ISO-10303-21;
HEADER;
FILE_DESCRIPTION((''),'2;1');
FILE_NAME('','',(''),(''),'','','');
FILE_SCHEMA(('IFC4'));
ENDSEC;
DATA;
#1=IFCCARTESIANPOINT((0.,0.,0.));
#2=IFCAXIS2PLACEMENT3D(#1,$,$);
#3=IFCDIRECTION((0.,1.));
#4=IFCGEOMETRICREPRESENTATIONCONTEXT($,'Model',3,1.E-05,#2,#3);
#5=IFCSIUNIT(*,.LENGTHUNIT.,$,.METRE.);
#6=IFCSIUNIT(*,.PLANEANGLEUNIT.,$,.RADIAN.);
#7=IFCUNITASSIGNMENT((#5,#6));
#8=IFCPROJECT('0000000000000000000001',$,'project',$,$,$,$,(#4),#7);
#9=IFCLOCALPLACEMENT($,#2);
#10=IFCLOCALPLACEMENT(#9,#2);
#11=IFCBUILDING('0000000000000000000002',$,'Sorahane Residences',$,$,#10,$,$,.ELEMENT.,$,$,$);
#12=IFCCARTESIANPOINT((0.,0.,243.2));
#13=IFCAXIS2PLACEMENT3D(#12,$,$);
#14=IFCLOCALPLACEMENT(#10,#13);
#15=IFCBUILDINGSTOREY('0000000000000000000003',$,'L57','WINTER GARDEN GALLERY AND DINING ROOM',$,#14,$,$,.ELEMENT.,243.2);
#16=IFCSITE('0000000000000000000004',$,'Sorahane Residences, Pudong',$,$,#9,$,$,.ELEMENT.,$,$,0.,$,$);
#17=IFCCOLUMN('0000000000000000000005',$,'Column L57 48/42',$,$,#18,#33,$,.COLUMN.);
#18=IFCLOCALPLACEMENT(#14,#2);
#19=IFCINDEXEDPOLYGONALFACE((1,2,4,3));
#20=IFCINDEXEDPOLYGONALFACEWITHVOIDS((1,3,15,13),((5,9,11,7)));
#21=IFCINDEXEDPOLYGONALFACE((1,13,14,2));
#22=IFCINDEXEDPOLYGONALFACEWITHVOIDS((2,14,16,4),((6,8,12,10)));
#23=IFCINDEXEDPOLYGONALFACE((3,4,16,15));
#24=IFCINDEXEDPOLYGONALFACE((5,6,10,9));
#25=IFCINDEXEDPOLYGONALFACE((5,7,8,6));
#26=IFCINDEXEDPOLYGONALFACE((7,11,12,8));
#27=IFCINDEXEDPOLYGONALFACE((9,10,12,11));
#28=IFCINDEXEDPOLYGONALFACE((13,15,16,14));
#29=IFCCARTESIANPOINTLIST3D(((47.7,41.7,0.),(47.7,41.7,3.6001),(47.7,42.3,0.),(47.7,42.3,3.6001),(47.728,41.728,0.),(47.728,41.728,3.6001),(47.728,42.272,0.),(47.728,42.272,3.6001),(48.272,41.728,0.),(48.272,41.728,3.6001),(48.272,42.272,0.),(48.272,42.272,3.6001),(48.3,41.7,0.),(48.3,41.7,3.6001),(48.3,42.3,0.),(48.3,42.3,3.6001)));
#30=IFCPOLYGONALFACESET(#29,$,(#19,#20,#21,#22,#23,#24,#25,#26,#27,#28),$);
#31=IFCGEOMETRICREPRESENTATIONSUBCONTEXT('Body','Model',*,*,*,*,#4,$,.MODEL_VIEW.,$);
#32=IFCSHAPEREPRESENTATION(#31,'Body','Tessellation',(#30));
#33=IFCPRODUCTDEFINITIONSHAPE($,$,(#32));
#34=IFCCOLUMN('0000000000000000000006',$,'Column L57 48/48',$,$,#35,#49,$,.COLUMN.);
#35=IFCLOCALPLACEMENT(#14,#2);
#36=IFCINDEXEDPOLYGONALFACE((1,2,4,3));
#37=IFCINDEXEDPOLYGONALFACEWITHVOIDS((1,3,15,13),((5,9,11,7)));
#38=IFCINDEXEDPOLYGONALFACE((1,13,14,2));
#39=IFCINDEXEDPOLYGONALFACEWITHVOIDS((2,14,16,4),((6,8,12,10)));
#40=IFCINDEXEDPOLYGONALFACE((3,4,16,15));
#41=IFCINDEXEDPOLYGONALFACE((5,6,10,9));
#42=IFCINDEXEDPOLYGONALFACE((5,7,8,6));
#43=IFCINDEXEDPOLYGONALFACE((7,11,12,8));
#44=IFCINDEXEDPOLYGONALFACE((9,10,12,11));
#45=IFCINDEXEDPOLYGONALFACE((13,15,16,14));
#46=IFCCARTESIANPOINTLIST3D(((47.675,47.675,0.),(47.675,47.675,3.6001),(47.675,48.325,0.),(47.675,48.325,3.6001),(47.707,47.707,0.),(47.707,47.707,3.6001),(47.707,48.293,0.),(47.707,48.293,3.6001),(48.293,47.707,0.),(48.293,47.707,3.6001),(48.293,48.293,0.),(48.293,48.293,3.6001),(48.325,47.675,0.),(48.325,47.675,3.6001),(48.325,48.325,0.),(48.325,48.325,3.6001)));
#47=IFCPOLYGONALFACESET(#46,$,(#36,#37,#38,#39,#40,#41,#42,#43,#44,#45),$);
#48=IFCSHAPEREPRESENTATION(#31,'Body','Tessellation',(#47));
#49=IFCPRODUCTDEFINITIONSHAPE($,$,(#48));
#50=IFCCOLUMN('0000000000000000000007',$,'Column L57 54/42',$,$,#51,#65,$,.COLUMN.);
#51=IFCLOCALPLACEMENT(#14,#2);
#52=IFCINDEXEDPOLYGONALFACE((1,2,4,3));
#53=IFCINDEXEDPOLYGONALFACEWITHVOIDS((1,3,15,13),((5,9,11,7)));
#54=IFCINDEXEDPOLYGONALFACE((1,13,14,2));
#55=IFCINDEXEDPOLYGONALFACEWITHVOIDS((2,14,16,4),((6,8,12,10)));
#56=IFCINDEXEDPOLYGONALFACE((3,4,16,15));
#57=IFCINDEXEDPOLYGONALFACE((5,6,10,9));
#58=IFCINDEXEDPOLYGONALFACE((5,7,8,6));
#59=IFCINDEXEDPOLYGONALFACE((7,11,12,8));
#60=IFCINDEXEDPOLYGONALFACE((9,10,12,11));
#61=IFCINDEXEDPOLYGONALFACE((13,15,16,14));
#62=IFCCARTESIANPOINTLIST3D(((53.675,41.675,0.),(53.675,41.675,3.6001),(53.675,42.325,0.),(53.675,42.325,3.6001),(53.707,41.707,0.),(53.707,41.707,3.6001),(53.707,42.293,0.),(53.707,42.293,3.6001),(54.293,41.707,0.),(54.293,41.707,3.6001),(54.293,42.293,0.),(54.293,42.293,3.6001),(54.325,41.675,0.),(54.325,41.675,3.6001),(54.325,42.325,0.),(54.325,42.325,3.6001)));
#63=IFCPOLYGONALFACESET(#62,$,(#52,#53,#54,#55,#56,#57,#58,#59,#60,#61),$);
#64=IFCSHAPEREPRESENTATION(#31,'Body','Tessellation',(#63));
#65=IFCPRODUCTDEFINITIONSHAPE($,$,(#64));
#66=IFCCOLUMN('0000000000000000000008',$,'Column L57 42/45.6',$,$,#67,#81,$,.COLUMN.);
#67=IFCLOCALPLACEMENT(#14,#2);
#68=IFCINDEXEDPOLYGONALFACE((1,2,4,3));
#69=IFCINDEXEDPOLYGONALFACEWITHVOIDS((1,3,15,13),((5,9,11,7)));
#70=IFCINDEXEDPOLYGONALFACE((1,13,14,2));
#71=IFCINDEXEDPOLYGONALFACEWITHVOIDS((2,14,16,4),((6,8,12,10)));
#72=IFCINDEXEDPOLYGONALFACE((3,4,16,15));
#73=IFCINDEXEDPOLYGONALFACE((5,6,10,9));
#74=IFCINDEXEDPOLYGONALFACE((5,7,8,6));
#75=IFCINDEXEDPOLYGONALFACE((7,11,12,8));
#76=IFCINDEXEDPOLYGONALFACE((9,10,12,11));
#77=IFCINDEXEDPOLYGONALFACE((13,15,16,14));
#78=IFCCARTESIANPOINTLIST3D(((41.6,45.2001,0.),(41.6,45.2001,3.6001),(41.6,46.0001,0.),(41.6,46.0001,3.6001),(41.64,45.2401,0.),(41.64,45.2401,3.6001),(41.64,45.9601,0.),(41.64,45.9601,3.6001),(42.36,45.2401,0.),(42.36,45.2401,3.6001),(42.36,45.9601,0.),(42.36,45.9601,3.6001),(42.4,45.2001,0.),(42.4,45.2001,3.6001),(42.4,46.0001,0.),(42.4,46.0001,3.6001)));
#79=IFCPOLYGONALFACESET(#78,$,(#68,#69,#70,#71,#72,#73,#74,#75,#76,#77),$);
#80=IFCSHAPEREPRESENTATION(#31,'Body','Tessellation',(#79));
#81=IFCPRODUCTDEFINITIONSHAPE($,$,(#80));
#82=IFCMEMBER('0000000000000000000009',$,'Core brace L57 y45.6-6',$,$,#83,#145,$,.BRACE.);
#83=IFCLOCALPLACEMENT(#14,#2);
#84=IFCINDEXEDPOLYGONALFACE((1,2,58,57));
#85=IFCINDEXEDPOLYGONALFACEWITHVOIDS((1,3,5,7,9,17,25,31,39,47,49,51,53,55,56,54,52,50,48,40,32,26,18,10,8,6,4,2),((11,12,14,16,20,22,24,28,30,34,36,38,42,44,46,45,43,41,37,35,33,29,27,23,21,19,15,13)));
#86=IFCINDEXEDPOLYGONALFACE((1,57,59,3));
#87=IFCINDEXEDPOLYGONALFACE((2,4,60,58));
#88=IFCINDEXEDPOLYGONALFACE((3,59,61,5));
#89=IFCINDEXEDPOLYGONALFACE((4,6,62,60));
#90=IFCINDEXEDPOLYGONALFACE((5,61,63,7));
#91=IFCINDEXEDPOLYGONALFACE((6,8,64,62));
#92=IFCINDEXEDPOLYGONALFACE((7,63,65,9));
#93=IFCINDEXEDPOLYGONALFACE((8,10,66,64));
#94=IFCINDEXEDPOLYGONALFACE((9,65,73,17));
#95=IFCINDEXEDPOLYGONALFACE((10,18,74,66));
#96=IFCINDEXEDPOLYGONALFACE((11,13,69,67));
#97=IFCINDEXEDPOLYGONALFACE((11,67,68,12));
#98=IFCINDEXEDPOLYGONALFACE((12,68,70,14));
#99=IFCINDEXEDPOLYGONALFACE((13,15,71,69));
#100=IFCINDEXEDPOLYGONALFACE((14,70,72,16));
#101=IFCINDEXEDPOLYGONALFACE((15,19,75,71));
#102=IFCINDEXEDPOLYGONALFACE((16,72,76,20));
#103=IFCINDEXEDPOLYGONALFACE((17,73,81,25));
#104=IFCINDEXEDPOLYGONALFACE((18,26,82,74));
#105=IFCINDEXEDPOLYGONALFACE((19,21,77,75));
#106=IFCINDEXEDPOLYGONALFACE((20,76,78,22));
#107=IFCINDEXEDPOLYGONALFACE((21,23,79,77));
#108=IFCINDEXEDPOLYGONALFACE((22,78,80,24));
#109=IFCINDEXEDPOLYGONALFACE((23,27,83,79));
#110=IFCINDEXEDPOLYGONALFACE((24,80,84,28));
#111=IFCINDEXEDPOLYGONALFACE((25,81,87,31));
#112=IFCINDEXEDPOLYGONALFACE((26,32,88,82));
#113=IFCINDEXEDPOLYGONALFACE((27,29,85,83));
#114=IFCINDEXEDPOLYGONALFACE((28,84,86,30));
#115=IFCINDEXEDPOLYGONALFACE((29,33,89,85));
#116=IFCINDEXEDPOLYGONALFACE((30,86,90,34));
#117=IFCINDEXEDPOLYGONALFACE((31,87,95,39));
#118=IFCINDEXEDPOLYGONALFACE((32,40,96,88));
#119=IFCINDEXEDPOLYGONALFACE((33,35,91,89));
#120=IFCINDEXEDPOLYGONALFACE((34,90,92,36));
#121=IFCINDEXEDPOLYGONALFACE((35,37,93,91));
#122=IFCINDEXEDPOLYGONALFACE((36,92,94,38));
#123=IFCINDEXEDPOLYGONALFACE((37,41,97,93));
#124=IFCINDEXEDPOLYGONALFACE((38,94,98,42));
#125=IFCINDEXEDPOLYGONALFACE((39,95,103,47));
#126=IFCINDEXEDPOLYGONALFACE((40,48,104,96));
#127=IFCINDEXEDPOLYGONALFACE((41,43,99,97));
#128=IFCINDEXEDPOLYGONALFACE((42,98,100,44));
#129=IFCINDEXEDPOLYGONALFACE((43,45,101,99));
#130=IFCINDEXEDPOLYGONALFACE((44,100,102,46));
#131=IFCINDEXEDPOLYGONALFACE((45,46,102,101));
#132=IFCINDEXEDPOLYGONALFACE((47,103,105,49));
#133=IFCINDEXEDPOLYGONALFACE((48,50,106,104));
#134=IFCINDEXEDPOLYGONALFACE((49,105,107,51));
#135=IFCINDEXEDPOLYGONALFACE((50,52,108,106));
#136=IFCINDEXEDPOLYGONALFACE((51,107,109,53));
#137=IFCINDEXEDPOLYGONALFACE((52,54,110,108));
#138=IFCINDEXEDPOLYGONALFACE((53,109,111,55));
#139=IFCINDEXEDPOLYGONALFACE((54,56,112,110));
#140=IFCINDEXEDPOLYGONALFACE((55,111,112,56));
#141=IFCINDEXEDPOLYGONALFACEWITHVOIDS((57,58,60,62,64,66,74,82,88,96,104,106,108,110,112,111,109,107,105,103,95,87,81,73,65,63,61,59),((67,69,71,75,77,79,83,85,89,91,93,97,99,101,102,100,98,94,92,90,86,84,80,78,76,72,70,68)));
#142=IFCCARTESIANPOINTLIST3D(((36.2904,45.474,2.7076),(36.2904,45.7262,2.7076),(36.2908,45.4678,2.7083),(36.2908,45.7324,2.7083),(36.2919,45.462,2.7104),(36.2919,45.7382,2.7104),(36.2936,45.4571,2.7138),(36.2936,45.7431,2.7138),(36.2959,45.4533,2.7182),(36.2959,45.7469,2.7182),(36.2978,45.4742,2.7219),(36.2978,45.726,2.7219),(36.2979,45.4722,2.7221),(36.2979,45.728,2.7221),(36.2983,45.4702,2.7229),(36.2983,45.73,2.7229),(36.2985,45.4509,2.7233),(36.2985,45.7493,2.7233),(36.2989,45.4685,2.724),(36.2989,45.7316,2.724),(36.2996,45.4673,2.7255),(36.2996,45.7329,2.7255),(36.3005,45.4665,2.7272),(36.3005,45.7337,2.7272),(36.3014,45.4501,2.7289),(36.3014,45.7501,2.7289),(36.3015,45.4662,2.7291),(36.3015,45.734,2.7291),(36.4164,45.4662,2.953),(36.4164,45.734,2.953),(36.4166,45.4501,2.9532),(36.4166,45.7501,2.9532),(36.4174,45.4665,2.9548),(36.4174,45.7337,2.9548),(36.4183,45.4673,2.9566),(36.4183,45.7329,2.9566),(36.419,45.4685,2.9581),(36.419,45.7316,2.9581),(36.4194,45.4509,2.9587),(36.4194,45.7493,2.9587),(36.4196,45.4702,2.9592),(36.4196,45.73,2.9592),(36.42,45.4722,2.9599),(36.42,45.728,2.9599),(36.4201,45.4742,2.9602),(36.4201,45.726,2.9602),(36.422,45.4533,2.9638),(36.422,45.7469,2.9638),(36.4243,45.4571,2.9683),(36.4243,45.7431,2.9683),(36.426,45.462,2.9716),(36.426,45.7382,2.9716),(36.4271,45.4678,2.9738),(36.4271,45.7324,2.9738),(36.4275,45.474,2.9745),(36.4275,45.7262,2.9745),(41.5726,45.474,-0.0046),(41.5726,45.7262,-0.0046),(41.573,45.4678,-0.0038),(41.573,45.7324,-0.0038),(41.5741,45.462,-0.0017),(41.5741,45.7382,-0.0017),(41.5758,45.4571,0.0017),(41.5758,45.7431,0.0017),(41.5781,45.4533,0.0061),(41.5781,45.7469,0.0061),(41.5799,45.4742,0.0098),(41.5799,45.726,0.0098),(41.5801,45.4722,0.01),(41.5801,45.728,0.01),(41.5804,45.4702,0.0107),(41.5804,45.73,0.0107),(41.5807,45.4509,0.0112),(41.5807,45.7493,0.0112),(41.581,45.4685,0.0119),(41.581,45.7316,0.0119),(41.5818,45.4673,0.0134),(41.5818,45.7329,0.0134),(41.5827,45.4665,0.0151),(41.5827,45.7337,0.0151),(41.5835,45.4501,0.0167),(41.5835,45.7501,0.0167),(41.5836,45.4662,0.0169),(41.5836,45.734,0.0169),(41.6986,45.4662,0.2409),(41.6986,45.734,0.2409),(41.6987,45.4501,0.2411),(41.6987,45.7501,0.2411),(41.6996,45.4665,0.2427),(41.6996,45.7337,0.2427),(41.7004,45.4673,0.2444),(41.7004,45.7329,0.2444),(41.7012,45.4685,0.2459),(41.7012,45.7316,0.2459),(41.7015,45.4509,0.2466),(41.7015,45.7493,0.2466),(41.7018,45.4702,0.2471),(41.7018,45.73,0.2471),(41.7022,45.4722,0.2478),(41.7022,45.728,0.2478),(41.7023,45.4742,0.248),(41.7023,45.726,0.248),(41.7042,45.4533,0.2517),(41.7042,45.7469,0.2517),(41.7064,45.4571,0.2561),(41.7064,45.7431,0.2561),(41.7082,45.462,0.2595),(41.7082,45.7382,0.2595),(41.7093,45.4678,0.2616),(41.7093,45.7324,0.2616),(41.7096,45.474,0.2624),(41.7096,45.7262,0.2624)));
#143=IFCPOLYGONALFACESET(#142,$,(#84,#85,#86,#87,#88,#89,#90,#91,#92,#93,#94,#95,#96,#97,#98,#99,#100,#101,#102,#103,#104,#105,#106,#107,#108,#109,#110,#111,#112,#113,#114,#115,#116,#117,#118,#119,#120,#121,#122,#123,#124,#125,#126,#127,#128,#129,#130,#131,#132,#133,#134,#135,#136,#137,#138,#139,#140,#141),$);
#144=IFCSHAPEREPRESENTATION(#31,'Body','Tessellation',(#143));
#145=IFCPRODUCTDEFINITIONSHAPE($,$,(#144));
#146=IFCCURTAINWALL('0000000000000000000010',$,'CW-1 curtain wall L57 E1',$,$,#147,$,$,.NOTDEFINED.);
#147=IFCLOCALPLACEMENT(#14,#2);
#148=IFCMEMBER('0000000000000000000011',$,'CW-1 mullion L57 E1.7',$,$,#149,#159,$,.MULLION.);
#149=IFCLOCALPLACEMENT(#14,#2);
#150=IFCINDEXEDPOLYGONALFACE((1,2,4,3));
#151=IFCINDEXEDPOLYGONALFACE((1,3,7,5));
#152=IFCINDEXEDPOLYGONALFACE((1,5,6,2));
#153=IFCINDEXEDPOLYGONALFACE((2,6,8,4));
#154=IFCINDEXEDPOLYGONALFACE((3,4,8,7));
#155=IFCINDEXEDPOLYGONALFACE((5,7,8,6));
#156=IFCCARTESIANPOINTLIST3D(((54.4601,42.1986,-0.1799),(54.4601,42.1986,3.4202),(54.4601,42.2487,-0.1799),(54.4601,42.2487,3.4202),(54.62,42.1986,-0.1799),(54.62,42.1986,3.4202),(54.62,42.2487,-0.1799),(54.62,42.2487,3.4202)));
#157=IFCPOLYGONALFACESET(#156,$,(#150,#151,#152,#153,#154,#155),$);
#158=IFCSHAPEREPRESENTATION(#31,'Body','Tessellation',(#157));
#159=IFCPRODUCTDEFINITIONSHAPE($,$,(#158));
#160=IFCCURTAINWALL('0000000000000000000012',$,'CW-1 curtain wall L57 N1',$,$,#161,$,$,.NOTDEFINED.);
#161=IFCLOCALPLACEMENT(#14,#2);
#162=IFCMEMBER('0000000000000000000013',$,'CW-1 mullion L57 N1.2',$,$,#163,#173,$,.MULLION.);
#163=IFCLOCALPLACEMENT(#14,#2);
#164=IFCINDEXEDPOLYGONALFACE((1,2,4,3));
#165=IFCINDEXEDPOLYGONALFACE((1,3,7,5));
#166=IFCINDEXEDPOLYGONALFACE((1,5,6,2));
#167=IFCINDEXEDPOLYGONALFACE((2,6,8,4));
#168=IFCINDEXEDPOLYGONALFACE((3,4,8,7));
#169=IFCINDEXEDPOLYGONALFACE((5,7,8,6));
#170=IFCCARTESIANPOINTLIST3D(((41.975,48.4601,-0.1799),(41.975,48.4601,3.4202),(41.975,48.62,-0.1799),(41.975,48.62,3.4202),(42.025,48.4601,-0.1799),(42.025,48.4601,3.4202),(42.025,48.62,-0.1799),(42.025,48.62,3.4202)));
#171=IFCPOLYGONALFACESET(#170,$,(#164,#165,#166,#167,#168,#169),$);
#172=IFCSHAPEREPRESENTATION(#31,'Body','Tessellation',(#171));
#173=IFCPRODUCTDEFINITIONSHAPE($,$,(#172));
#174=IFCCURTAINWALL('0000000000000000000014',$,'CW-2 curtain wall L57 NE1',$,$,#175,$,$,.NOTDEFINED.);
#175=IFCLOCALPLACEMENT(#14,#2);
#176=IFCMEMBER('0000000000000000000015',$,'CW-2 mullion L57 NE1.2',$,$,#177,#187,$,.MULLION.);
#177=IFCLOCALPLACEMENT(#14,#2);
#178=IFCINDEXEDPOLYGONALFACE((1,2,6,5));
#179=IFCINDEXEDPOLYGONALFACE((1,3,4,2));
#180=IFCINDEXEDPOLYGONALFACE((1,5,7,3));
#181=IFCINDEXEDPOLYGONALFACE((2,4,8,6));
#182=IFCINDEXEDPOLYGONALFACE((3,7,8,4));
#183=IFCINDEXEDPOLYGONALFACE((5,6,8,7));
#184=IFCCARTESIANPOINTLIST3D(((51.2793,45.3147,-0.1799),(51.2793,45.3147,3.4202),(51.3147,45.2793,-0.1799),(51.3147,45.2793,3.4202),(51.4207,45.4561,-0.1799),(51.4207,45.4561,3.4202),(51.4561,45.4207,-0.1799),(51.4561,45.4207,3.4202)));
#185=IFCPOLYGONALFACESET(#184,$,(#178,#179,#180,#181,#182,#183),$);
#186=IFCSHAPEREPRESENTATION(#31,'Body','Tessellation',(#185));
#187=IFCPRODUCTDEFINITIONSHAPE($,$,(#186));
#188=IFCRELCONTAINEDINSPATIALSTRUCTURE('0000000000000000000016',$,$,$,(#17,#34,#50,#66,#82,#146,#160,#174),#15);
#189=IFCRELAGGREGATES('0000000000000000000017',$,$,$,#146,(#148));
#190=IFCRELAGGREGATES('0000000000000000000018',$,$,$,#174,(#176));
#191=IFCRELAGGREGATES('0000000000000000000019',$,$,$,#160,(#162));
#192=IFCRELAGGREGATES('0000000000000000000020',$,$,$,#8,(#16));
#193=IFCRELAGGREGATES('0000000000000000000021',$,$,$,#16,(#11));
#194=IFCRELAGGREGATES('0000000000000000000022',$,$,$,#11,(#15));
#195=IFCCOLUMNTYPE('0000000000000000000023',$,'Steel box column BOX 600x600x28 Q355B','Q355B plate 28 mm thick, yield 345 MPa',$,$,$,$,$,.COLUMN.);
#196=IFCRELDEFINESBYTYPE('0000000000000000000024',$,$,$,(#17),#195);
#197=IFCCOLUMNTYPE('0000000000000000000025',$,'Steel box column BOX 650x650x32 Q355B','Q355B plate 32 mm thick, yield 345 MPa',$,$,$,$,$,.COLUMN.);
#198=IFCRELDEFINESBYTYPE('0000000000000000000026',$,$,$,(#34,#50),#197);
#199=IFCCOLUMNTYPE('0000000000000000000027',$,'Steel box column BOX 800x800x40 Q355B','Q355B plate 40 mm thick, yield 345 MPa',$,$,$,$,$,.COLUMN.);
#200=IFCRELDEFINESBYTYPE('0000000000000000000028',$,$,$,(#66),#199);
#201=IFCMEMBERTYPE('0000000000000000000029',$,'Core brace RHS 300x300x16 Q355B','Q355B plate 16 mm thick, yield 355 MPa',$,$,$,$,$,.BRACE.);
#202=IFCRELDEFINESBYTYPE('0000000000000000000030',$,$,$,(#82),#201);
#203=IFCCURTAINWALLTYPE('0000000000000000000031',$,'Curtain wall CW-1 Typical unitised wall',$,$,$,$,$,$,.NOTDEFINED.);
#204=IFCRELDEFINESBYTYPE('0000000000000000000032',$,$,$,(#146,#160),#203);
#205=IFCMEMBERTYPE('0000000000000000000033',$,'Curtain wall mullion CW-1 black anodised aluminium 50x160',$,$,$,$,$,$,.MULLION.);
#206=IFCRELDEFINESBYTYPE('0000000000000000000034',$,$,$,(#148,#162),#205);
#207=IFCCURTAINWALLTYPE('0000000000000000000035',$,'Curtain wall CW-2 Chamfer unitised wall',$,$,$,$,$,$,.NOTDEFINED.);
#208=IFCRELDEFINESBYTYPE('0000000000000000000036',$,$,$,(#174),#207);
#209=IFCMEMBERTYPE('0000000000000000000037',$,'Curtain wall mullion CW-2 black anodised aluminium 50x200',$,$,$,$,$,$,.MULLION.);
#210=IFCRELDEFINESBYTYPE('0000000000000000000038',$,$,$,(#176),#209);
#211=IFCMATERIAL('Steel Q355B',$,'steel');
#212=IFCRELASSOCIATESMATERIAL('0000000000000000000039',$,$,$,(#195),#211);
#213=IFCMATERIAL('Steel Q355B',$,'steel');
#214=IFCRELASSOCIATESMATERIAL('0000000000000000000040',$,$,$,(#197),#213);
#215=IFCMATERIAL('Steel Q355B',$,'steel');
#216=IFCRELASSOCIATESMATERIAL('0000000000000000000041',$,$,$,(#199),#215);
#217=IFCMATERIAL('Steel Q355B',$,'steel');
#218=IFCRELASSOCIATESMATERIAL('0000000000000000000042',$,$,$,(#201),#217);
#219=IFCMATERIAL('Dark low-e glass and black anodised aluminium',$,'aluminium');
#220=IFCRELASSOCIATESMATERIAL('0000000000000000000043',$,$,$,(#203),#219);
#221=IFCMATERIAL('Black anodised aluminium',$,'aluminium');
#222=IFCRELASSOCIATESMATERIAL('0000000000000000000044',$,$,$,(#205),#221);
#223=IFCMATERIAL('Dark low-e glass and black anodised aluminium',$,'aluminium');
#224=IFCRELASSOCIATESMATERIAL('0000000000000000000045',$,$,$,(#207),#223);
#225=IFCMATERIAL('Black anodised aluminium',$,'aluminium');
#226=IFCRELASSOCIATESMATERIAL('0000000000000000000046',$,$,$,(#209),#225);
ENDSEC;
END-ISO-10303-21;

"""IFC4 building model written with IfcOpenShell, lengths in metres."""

from ifc_helpers import new_model, si_unit, direction, frame, origin, origin_2d, place, context, subcontext, project, spatial, rectangle, hollow_rectangle, extrude, material, material_profile, profile_set, type_object, element, aggregate, save


model = new_model("IFC4")

# Units and contexts
model_context = context("Model", 3, precision=1e-05, world=origin(), true_north=direction((0.0, 1.0)))
body_context = subcontext(model_context, "Body", "Model", "MODEL_VIEW")
ifc_project = project(units=[si_unit("LENGTHUNIT", "METRE"), si_unit("PLANEANGLEUNIT", "RADIAN")], contexts=[model_context])

# Site, building, storey
site_placement = place(None, origin())
site = spatial("IfcSite", under=ifc_project, at=site_placement, Name="Sorahane Residences, Pudong", CompositionType="ELEMENT", RefElevation=0.0)
building_placement = place(site_placement, origin())
building = spatial("IfcBuilding", under=site, at=building_placement, Name="Sorahane Residences", CompositionType="ELEMENT")
storey_placement = place(building_placement, frame((0.0, 0.0, 243.2)))
storey = spatial("IfcBuildingStorey", under=building, at=storey_placement, Name="L57", Description="WINTER GARDEN GALLERY AND DINING ROOM", CompositionType="ELEMENT", Elevation=243.2)

# Columns
ifc_material_1 = material(Name="Steel Q355B", Category="steel")
ifc_material_profile_1 = material_profile(ifc_material_1, hollow_rectangle(XDim=0.6001, YDim=0.6001, WallThickness=0.0281, at=origin_2d()), Name="BOX 600x600x28")
ifc_profile_set_1 = profile_set([ifc_material_profile_1], Name="Steel Q355B")
column_type_1 = type_object("IfcColumnType", Name="Steel box column BOX 600x600x28 Q355B", Description="Q355B plate 28 mm thick, yield 345 MPa", PredefinedType="COLUMN", material=ifc_profile_set_1)
column_1_placement = place(storey_placement, frame((48.0, 42.0, 0.0), z_axis=(0.0, 0.0, 1.0), x_axis=(1.0, 0.0, 0.0)))
element("IfcColumn", 1, at=column_1_placement, inside=storey, type_object=column_type_1, Name="Column L57 48/42", PredefinedType="COLUMN", context=body_context, shape_type="SweptSolid", body=[
    extrude(hollow_rectangle(XDim=0.6001, YDim=0.6001, WallThickness=0.0281, at=origin_2d()), origin(), (0.0, 0.0, 1.0), 3.6001),
])
ifc_material_2 = material(Name="Steel Q355B", Category="steel")
ifc_material_profile_2 = material_profile(ifc_material_2, hollow_rectangle(XDim=0.6499, YDim=0.6499, WallThickness=0.032, at=origin_2d()), Name="BOX 650x650x32")
ifc_profile_set_2 = profile_set([ifc_material_profile_2], Name="Steel Q355B")
column_type_2 = type_object("IfcColumnType", Name="Steel box column BOX 650x650x32 Q355B", Description="Q355B plate 32 mm thick, yield 345 MPa", PredefinedType="COLUMN", material=ifc_profile_set_2)
for number, where, z_axis, x_axis, name in (
    (2, (48.0, 48.0, 0.0), (0.0, 0.0, 1.0), (1.0, 0.0, 0.0), "Column L57 48/48"),
    (3, (54.0, 42.0, 0.0), (0.0, 0.0, 1.0), (1.0, 0.0, 0.0), "Column L57 54/42"),
):
    element("IfcColumn", number, at=place(storey_placement, frame(where, z_axis=z_axis, x_axis=x_axis)), inside=storey, type_object=column_type_2, Name=name, PredefinedType="COLUMN", context=body_context, shape_type="SweptSolid", body=[
        extrude(hollow_rectangle(XDim=0.6499, YDim=0.6499, WallThickness=0.032, at=origin_2d()), origin(), (0.0, 0.0, 1.0), 3.6001),
    ])
ifc_material_3 = material(Name="Steel Q355B", Category="steel")
ifc_material_profile_3 = material_profile(ifc_material_3, hollow_rectangle(XDim=0.8, YDim=0.8, WallThickness=0.04, at=origin_2d()), Name="BOX 800x800x40")
ifc_profile_set_3 = profile_set([ifc_material_profile_3], Name="Steel Q355B")
column_type_3 = type_object("IfcColumnType", Name="Steel box column BOX 800x800x40 Q355B", Description="Q355B plate 40 mm thick, yield 345 MPa", PredefinedType="COLUMN", material=ifc_profile_set_3)
column_2_placement = place(storey_placement, frame((42.0, 45.6001, 0.0), z_axis=(0.0, 0.0, 1.0), x_axis=(1.0, 0.0, 0.0)))
element("IfcColumn", 4, at=column_2_placement, inside=storey, type_object=column_type_3, Name="Column L57 42/45.6", PredefinedType="COLUMN", context=body_context, shape_type="SweptSolid", body=[
    extrude(hollow_rectangle(XDim=0.8, YDim=0.8, WallThickness=0.04, at=origin_2d()), origin(), (0.0, 0.0, 1.0), 3.6001),
])

# Member
ifc_material_4 = material(Name="Steel Q355B", Category="steel")
ifc_material_profile_4 = material_profile(ifc_material_4, hollow_rectangle(XDim=0.3, YDim=0.3, WallThickness=0.0161, InnerFilletRadius=0.0081, OuterFilletRadius=0.0239, at=origin_2d()), Name="RHS 300x300x16")
ifc_profile_set_4 = profile_set([ifc_material_profile_4], Name="Steel Q355B")
member_type_1 = type_object("IfcMemberType", Name="Core brace RHS 300x300x16 Q355B", Description="Q355B plate 16 mm thick, yield 355 MPa", PredefinedType="BRACE", material=ifc_profile_set_4)
member_1_placement = place(storey_placement, frame((41.6411, 45.6001, 0.1289), z_axis=(-0.88959, 0.0, 0.45676), x_axis=(0.0, -1.0, 0.0)))
element("IfcMember", 5, at=member_1_placement, inside=storey, type_object=member_type_1, Name="Core brace L57 y45.6-6", PredefinedType="BRACE", context=body_context, shape_type="SweptSolid", body=[
    extrude(hollow_rectangle(XDim=0.3, YDim=0.3, WallThickness=0.0161, InnerFilletRadius=0.0081, OuterFilletRadius=0.0239, at=origin_2d()), origin(), (0.0, 0.0, 1.0), 5.9377),
])

# Curtain walls, members
ifc_material_5 = material(Name="Dark low-e glass and black anodised aluminium", Category="aluminium")
curtain_wall_type_1 = type_object("IfcCurtainWallType", Name="Curtain wall CW-1 Typical unitised wall", PredefinedType="NOTDEFINED", material=ifc_material_5)
curtain_wall_1_placement = place(storey_placement, origin())
curtain_wall_1 = element("IfcCurtainWall", 6, at=curtain_wall_1_placement, inside=storey, type_object=curtain_wall_type_1, Name="CW-1 curtain wall L57 E1", PredefinedType="NOTDEFINED")
ifc_material_6 = material(Name="Black anodised aluminium", Category="aluminium")
ifc_material_profile_5 = material_profile(ifc_material_6, rectangle(XDim=0.1599, YDim=0.05, at=origin_2d()), Name="Curtain wall mullion CW-1 black anodised aluminium 50x160")
ifc_profile_set_5 = profile_set([ifc_material_profile_5], Name="Black anodised aluminium")
member_type_2 = type_object("IfcMemberType", Name="Curtain wall mullion CW-1 black anodised aluminium 50x160", PredefinedType="MULLION", material=ifc_profile_set_5)
member_2_placement = place(storey_placement, frame((54.54, 42.2236, -0.1799), z_axis=(0.0, 0.0, 1.0), x_axis=(1.0, 0.0, 0.0)))
member_2 = element("IfcMember", 7, at=member_2_placement, type_object=member_type_2, Name="CW-1 mullion L57 E1.7", PredefinedType="MULLION", context=body_context, shape_type="SweptSolid", body=[
    extrude(rectangle(XDim=0.1599, YDim=0.05, at=origin_2d()), origin(), (0.0, 0.0, 1.0), 3.6001),
])
curtain_wall_2_placement = place(storey_placement, origin())
curtain_wall_2 = element("IfcCurtainWall", 8, at=curtain_wall_2_placement, inside=storey, type_object=curtain_wall_type_1, Name="CW-1 curtain wall L57 N1", PredefinedType="NOTDEFINED")
member_3_placement = place(storey_placement, frame((42.0, 48.54, -0.1799), z_axis=(0.0, 0.0, 1.0), x_axis=(0.0, 1.0, 0.0)))
member_3 = element("IfcMember", 9, at=member_3_placement, type_object=member_type_2, Name="CW-1 mullion L57 N1.2", PredefinedType="MULLION", context=body_context, shape_type="SweptSolid", body=[
    extrude(rectangle(XDim=0.1599, YDim=0.05, at=origin_2d()), origin(), (0.0, 0.0, 1.0), 3.6001),
])

# Curtain wall, member
ifc_material_7 = material(Name="Dark low-e glass and black anodised aluminium", Category="aluminium")
curtain_wall_type_2 = type_object("IfcCurtainWallType", Name="Curtain wall CW-2 Chamfer unitised wall", PredefinedType="NOTDEFINED", material=ifc_material_7)
curtain_wall_3_placement = place(storey_placement, origin())
curtain_wall_3 = element("IfcCurtainWall", 10, at=curtain_wall_3_placement, inside=storey, type_object=curtain_wall_type_2, Name="CW-2 curtain wall L57 NE1", PredefinedType="NOTDEFINED")
ifc_material_8 = material(Name="Black anodised aluminium", Category="aluminium")
ifc_material_profile_6 = material_profile(ifc_material_8, rectangle(XDim=0.2, YDim=0.05, at=origin_2d()), Name="Curtain wall mullion CW-2 black anodised aluminium 50x200")
ifc_profile_set_6 = profile_set([ifc_material_profile_6], Name="Black anodised aluminium")
member_type_3 = type_object("IfcMemberType", Name="Curtain wall mullion CW-2 black anodised aluminium 50x200", PredefinedType="MULLION", material=ifc_profile_set_6)
member_4_placement = place(storey_placement, frame((51.3677, 45.3677, -0.1799), z_axis=(0.0, 0.0, 1.0), x_axis=(0.707107, 0.707107, 0.0)))
member_4 = element("IfcMember", 11, at=member_4_placement, type_object=member_type_3, Name="CW-2 mullion L57 NE1.2", PredefinedType="MULLION", context=body_context, shape_type="SweptSolid", body=[
    extrude(rectangle(XDim=0.2, YDim=0.05, at=origin_2d()), origin(), (0.0, 0.0, 1.0), 3.6001),
])

aggregate(curtain_wall_1, [member_2])
aggregate(curtain_wall_3, [member_4])
aggregate(curtain_wall_2, [member_3])

save(model, "model.ifc")
